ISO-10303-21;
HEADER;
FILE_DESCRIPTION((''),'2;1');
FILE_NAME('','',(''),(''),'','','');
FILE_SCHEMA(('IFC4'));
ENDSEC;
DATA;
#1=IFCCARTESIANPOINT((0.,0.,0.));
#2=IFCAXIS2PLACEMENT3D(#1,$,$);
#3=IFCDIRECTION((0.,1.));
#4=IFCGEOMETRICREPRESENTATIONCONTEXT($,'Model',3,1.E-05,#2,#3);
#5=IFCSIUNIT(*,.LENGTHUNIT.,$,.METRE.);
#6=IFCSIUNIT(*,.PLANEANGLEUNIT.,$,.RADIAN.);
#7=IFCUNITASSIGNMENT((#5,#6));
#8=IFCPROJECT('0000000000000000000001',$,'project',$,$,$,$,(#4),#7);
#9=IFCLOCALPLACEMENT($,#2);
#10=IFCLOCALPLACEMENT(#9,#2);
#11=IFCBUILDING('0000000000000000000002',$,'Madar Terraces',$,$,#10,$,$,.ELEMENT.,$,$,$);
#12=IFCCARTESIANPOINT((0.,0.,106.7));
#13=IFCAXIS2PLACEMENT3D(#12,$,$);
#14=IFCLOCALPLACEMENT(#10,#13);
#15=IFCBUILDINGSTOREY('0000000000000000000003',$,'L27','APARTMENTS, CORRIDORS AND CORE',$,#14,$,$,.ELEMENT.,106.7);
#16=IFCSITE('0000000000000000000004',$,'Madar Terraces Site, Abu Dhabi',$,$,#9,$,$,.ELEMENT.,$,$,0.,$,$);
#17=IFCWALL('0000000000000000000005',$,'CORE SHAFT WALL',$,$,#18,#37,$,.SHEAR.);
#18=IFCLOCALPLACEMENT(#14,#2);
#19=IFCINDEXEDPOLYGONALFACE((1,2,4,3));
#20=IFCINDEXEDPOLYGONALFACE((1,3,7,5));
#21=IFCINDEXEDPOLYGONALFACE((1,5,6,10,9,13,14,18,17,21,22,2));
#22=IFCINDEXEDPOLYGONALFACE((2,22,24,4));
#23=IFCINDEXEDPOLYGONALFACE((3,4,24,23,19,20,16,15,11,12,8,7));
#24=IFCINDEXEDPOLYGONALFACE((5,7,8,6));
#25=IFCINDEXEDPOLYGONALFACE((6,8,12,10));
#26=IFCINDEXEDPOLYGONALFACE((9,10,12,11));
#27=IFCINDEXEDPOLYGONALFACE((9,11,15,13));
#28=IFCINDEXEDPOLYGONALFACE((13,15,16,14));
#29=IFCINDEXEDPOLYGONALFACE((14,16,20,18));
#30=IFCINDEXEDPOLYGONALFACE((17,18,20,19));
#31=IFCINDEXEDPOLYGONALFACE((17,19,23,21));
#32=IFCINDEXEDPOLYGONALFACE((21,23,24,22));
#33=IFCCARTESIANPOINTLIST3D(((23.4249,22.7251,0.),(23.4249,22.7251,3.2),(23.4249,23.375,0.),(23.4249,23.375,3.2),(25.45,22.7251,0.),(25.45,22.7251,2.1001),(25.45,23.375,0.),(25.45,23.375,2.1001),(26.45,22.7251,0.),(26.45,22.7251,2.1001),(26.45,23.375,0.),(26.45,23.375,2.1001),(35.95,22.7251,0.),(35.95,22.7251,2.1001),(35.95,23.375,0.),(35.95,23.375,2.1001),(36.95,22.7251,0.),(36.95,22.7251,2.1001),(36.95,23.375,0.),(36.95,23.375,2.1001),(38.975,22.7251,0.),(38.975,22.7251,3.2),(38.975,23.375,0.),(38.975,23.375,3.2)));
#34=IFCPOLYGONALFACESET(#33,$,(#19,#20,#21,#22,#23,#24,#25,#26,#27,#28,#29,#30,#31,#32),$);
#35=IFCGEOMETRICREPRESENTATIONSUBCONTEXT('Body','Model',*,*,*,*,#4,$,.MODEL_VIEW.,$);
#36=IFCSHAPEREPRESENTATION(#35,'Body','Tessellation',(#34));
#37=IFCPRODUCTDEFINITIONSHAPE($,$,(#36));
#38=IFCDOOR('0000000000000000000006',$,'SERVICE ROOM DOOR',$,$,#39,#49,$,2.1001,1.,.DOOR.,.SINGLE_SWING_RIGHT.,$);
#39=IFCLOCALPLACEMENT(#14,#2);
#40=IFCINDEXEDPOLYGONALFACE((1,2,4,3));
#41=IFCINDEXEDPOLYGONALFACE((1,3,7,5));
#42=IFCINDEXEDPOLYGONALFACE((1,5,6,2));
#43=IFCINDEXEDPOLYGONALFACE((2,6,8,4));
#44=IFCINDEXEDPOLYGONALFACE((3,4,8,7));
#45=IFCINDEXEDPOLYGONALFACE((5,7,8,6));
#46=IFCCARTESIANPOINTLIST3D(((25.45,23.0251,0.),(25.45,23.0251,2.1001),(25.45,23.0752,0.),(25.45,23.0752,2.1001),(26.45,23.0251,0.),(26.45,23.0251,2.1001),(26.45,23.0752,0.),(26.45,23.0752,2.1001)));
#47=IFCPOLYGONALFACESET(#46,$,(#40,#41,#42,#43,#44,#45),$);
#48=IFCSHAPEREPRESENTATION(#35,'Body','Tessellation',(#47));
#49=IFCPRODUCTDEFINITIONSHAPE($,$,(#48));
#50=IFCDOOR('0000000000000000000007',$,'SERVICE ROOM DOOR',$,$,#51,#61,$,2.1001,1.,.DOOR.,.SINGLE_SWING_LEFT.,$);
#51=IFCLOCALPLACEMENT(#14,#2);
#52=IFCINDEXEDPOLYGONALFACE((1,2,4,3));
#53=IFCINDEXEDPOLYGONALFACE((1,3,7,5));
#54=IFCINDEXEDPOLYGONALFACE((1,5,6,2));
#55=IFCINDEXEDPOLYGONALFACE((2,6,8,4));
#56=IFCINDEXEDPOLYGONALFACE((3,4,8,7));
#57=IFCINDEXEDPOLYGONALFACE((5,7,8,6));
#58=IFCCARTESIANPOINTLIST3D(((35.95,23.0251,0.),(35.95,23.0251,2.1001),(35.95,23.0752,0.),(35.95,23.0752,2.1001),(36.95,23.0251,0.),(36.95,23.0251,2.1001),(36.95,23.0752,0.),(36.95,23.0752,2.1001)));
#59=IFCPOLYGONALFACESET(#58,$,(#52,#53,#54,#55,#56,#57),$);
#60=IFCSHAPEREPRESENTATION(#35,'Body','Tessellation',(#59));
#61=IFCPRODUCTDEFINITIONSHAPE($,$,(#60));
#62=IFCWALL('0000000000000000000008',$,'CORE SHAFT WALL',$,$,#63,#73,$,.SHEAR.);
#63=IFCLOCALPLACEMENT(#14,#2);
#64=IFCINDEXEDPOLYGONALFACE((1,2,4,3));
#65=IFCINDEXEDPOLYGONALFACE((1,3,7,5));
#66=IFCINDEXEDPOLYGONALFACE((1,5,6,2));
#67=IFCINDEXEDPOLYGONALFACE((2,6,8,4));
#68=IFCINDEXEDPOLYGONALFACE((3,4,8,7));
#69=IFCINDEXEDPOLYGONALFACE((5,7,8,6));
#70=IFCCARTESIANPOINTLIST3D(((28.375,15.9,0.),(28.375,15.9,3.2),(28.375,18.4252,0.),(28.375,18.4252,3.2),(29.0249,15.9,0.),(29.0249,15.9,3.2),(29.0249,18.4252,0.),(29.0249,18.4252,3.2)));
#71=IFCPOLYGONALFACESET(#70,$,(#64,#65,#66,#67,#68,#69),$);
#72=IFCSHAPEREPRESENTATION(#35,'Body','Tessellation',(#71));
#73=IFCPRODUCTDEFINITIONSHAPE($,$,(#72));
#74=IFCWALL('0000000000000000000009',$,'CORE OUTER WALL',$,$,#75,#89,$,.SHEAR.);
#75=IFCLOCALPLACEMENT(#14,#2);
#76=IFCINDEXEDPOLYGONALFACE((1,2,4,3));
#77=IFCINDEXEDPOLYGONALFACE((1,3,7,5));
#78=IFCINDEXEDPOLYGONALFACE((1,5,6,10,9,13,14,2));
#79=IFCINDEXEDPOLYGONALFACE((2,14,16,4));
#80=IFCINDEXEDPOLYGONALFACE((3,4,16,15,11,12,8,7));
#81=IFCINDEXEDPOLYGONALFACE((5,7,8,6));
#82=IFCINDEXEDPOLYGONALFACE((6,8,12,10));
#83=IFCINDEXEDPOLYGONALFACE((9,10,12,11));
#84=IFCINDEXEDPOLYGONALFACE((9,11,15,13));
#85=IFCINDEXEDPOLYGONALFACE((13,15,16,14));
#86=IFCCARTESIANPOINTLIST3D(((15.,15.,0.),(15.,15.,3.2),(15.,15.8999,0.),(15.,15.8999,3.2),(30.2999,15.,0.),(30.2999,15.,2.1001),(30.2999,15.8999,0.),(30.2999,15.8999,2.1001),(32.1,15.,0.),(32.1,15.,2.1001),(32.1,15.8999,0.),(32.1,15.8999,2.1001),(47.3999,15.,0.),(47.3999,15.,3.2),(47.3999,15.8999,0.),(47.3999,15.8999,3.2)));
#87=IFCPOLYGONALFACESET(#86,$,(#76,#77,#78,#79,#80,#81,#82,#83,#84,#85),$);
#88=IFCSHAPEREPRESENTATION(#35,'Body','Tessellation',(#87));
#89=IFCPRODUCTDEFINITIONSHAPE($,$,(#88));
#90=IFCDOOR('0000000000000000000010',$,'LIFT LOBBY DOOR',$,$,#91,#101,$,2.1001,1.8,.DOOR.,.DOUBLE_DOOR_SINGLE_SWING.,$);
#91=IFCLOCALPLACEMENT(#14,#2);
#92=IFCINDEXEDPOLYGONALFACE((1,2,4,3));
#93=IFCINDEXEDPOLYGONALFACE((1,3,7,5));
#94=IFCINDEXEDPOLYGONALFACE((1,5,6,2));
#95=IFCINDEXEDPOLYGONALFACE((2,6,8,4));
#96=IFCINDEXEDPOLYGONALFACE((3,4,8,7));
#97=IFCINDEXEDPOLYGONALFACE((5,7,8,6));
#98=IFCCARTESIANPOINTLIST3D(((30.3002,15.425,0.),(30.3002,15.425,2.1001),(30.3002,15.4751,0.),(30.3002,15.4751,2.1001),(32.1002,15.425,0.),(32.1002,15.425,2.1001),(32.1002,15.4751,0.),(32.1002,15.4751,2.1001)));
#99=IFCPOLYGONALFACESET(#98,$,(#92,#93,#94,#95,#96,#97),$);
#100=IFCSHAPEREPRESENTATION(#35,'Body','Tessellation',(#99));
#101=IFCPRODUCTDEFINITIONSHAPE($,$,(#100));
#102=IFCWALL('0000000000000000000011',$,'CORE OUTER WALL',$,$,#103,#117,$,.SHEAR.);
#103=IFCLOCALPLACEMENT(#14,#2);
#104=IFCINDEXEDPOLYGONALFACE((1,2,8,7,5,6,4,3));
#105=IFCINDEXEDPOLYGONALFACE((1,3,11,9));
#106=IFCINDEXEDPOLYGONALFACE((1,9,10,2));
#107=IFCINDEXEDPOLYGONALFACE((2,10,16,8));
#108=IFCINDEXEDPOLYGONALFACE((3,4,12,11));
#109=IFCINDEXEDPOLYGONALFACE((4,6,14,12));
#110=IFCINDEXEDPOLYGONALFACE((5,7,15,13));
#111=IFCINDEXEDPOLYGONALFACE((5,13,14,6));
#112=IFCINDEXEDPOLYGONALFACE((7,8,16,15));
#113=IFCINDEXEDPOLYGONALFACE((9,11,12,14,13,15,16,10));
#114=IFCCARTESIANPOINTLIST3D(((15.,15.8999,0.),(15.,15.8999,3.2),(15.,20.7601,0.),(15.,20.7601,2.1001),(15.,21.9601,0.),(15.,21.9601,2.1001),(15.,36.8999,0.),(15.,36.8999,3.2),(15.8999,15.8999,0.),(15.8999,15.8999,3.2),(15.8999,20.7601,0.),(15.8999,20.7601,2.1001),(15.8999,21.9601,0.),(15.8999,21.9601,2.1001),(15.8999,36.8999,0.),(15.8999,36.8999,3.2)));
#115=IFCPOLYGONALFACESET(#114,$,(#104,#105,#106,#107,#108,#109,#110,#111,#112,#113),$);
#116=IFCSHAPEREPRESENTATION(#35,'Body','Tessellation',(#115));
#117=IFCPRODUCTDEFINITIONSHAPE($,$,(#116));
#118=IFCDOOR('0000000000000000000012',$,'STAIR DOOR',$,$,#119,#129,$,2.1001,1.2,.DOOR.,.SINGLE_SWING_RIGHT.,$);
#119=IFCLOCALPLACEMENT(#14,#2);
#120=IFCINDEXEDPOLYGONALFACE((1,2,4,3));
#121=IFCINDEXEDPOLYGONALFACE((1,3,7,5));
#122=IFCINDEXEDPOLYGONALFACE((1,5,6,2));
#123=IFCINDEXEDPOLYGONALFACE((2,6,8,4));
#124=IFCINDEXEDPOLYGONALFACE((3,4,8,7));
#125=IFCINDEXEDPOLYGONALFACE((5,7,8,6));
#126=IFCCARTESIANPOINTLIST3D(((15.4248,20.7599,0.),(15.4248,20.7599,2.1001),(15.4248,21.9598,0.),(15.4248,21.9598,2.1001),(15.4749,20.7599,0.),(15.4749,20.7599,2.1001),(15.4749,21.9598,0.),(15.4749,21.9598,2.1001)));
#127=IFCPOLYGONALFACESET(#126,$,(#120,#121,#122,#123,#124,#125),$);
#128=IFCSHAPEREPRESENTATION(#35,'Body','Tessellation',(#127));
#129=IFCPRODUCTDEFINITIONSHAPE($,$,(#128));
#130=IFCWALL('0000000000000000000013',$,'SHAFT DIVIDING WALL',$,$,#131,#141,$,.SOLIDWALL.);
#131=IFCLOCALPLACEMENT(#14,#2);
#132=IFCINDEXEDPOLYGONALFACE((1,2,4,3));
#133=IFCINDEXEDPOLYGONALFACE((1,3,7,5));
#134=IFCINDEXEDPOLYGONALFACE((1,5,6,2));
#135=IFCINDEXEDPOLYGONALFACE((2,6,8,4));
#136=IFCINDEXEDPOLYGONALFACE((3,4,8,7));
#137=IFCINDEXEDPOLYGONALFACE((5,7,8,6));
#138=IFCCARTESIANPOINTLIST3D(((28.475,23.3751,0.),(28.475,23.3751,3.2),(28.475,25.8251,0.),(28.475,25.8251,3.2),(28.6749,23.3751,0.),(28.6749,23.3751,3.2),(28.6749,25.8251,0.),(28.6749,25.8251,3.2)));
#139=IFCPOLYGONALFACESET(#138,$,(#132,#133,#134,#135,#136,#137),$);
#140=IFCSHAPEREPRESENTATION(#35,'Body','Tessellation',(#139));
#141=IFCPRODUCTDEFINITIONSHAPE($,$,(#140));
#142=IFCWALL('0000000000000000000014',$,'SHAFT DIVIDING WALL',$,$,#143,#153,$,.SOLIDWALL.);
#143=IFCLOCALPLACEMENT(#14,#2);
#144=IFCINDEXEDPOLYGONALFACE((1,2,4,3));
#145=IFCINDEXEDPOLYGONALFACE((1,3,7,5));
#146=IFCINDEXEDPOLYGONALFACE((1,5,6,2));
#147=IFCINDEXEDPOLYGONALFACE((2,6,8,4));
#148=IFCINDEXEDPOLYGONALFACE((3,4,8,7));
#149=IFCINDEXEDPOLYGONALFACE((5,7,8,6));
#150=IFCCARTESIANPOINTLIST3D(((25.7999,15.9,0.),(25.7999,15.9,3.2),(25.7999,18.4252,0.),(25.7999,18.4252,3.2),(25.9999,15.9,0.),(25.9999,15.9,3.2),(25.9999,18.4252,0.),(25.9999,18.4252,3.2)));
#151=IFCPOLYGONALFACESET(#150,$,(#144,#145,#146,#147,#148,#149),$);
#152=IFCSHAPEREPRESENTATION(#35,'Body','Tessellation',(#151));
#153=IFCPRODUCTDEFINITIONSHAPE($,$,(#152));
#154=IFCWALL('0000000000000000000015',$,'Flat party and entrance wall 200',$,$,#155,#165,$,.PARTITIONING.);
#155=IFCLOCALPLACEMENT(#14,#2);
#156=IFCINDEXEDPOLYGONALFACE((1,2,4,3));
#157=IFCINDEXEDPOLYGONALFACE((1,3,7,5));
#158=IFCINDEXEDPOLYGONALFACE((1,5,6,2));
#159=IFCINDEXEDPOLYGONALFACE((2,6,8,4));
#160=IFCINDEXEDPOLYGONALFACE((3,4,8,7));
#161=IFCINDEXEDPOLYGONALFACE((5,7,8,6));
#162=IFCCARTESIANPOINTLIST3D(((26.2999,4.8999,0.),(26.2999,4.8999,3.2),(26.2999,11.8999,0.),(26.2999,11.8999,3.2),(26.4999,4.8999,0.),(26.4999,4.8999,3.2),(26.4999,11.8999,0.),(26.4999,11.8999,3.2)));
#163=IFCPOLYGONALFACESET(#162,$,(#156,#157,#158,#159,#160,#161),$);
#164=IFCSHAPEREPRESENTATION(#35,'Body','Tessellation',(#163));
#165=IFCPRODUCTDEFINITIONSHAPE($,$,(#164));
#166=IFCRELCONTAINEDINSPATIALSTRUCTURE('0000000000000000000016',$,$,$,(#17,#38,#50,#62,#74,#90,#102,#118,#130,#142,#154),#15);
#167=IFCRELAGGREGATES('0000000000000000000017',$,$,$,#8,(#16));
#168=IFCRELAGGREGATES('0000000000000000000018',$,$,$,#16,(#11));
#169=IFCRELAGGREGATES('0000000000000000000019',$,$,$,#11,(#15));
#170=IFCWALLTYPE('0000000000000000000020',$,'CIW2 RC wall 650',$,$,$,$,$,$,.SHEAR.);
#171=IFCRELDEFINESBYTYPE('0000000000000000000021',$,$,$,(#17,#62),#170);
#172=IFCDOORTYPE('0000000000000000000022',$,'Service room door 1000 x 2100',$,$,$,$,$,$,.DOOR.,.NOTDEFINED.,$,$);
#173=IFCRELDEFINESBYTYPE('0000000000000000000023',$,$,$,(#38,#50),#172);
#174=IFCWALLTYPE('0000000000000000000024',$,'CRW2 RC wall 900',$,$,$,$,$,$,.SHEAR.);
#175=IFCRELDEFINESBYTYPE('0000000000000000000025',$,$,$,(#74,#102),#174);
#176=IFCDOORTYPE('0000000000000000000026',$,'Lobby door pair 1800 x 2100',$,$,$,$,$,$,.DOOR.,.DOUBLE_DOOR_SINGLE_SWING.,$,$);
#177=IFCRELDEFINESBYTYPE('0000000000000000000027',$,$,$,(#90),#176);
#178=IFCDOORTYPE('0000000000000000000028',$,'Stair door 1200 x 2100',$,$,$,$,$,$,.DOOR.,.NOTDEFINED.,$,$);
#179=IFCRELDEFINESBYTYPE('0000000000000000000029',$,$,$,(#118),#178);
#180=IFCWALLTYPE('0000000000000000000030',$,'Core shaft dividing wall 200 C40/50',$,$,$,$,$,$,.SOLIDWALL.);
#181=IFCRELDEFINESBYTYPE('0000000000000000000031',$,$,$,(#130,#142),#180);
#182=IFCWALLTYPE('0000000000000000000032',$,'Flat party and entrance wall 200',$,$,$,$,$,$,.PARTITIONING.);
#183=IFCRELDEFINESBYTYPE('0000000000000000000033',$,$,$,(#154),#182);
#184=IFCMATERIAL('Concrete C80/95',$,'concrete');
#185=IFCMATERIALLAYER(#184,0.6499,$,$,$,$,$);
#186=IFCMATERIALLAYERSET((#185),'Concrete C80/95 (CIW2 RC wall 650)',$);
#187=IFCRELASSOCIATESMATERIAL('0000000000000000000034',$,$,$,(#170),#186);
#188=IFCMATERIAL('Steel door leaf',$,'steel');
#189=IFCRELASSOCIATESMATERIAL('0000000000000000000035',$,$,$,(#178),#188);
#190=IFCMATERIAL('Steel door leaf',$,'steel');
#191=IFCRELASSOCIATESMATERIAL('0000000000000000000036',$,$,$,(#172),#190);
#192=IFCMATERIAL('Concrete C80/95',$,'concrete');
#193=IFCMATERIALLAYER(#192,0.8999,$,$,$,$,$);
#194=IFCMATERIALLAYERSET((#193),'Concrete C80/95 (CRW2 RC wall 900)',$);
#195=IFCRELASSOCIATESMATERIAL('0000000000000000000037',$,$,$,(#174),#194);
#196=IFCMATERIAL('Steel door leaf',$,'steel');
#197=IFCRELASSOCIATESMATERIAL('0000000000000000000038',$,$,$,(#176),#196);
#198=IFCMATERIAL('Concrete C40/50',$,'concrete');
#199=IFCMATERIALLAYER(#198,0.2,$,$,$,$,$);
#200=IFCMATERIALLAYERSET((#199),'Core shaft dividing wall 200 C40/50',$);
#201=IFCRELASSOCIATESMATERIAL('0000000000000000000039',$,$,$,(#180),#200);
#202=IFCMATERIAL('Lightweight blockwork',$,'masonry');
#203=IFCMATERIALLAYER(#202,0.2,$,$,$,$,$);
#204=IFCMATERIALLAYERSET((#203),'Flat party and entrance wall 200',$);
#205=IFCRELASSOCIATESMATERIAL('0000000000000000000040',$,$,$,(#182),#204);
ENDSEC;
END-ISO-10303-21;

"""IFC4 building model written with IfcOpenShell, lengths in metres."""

from ifc_helpers import new_model, si_unit, direction, frame, frame_2d, origin, place, context, subcontext, project, spatial, rectangle, extrude, material, layer, layer_set, type_object, element, fill, save


model = new_model("IFC4")

# Units and contexts
model_context = context("Model", 3, precision=1e-05, world=origin(), true_north=direction((0.0, 1.0)))
body_context = subcontext(model_context, "Body", "Model", "MODEL_VIEW")
ifc_project = project(units=[si_unit("LENGTHUNIT", "METRE"), si_unit("PLANEANGLEUNIT", "RADIAN")], contexts=[model_context])

# Site, building, storey
site_placement = place(None, origin())
site = spatial("IfcSite", under=ifc_project, at=site_placement, Name="Madar Terraces Site, Abu Dhabi", CompositionType="ELEMENT", RefElevation=0.0)
building_placement = place(site_placement, origin())
building = spatial("IfcBuilding", under=site, at=building_placement, Name="Madar Terraces", CompositionType="ELEMENT")
storey_placement = place(building_placement, frame((0.0, 0.0, 106.7)))
storey = spatial("IfcBuildingStorey", under=building, at=storey_placement, Name="L27", Description="APARTMENTS, CORRIDORS AND CORE", CompositionType="ELEMENT", Elevation=106.7)

# Shared definitions
ifc_material_1 = material(Name="Concrete C80/95", Category="concrete")
ifc_layer_1 = layer(ifc_material_1, 0.6499)
ifc_layer_set_1 = layer_set([ifc_layer_1], Name="Concrete C80/95 (CIW2 RC wall 650)")
wall_type_1 = type_object("IfcWallType", Name="CIW2 RC wall 650", PredefinedType="SHEAR", material=ifc_layer_set_1)
ifc_material_2 = material(Name="Steel door leaf", Category="steel")
door_type_1 = type_object("IfcDoorType", Name="Stair door 1200 x 2100", OperationType="NOTDEFINED", PredefinedType="DOOR", material=ifc_material_2)

# Wall, openings, doors
wall_1_placement = place(storey_placement, frame((23.425, 23.05, 0.0), z_axis=(0.0, 0.0, 1.0), x_axis=(1.0, 0.0, 0.0)))
wall_1 = element("IfcWall", 1, at=wall_1_placement, inside=storey, type_object=wall_type_1, Name="CORE SHAFT WALL", PredefinedType="SHEAR", context=body_context, shape_type="SweptSolid", body=[
    extrude(rectangle(XDim=15.55, YDim=0.6499, at=frame_2d((7.7749, 0.0))), origin(), (0.0, 0.0, 1.0), 3.2),
])
opening_1_placement = place(wall_1_placement, frame((2.0249, 0.0, 0.0)))
opening_1 = element("IfcOpeningElement", 2, at=opening_1_placement, cuts=wall_1, PredefinedType="OPENING", context=body_context, shape_type="SweptSolid", body=[
    extrude(rectangle(XDim=1.0, YDim=2.1001, at=frame_2d((0.5, 1.05))), frame((0.0, 0.335, 0.0), z_axis=(0.0, -1.0, 0.0), x_axis=(1.0, 0.0, 0.0)), (0.0, 0.0, 1.0), 0.6699),
])
opening_2_placement = place(wall_1_placement, frame((12.5249, 0.0, 0.0)))
opening_2 = element("IfcOpeningElement", 3, at=opening_2_placement, cuts=wall_1, PredefinedType="OPENING", context=body_context, shape_type="SweptSolid", body=[
    extrude(rectangle(XDim=1.0, YDim=2.1001, at=frame_2d((0.5, 1.05))), frame((0.0, 0.335, 0.0), z_axis=(0.0, -1.0, 0.0), x_axis=(1.0, 0.0, 0.0)), (0.0, 0.0, 1.0), 0.6699),
])
ifc_material_3 = material(Name="Steel door leaf", Category="steel")
door_type_2 = type_object("IfcDoorType", Name="Service room door 1000 x 2100", OperationType="NOTDEFINED", PredefinedType="DOOR", material=ifc_material_3)
door_1_placement = place(opening_1_placement, frame((1.0, 0.0, 0.0), z_axis=(0.0, 0.0, 1.0), x_axis=(-1.0, 0.0, 0.0)))
door_1 = element("IfcDoor", 4, at=door_1_placement, inside=storey, type_object=door_type_2, Name="SERVICE ROOM DOOR", OperationType="SINGLE_SWING_RIGHT", OverallHeight=2.1001, OverallWidth=1.0, PredefinedType="DOOR", context=body_context, shape_type="SweptSolid", body=[
    extrude(rectangle(XDim=1.0, YDim=2.1001, at=frame_2d((0.5, 1.05))), frame((0.0, 0.0249, 0.0), z_axis=(0.0, -1.0, 0.0), x_axis=(1.0, 0.0, 0.0)), (0.0, 0.0, 1.0), 0.05),
])
fill(opening_1, door_1)
door_2_placement = place(opening_2_placement, frame((1.0, 0.0, 0.0), z_axis=(0.0, 0.0, 1.0), x_axis=(-1.0, 0.0, 0.0)))
door_2 = element("IfcDoor", 5, at=door_2_placement, inside=storey, type_object=door_type_2, Name="SERVICE ROOM DOOR", OperationType="SINGLE_SWING_LEFT", OverallHeight=2.1001, OverallWidth=1.0, PredefinedType="DOOR", context=body_context, shape_type="SweptSolid", body=[
    extrude(rectangle(XDim=1.0, YDim=2.1001, at=frame_2d((0.5, 1.05))), frame((0.0, 0.0249, 0.0), z_axis=(0.0, -1.0, 0.0), x_axis=(1.0, 0.0, 0.0)), (0.0, 0.0, 1.0), 0.05),
])
fill(opening_2, door_2)

# Wall
wall_2_placement = place(storey_placement, frame((28.7, 15.8999, 0.0), z_axis=(0.0, 0.0, 1.0), x_axis=(0.0, 1.0, 0.0)))
element("IfcWall", 6, at=wall_2_placement, inside=storey, type_object=wall_type_1, Name="CORE SHAFT WALL", PredefinedType="SHEAR", context=body_context, shape_type="SweptSolid", body=[
    extrude(rectangle(XDim=2.5251, YDim=0.6499, at=frame_2d((1.2627, 0.0))), origin(), (0.0, 0.0, 1.0), 3.2),
])

# Walls, openings, doors
ifc_material_4 = material(Name="Concrete C80/95", Category="concrete")
ifc_layer_2 = layer(ifc_material_4, 0.8999)
ifc_layer_set_2 = layer_set([ifc_layer_2], Name="Concrete C80/95 (CRW2 RC wall 900)")
wall_type_2 = type_object("IfcWallType", Name="CRW2 RC wall 900", PredefinedType="SHEAR", material=ifc_layer_set_2)
wall_3_placement = place(storey_placement, frame((15.0, 15.45, 0.0), z_axis=(0.0, 0.0, 1.0), x_axis=(1.0, 0.0, 0.0)))
wall_3 = element("IfcWall", 7, at=wall_3_placement, inside=storey, type_object=wall_type_2, Name="CORE OUTER WALL", PredefinedType="SHEAR", context=body_context, shape_type="SweptSolid", body=[
    extrude(rectangle(XDim=32.3999, YDim=0.8999, at=frame_2d((16.2, 0.0))), origin(), (0.0, 0.0, 1.0), 3.2),
])
opening_3_placement = place(wall_3_placement, frame((15.3, 0.0, 0.0)))
opening_3 = element("IfcOpeningElement", 8, at=opening_3_placement, cuts=wall_3, PredefinedType="OPENING", context=body_context, shape_type="SweptSolid", body=[
    extrude(rectangle(XDim=1.8, YDim=2.1001, at=frame_2d((0.8999, 1.05))), frame((0.0, 0.46, 0.0), z_axis=(0.0, -1.0, 0.0), x_axis=(1.0, 0.0, 0.0)), (0.0, 0.0, 1.0), 0.9199),
])
ifc_material_5 = material(Name="Steel door leaf", Category="steel")
door_type_3 = type_object("IfcDoorType", Name="Lobby door pair 1800 x 2100", OperationType="DOUBLE_DOOR_SINGLE_SWING", PredefinedType="DOOR", material=ifc_material_5)
door_3_placement = place(opening_3_placement, frame((1.8, 0.0, 0.0), z_axis=(0.0, 0.0, 1.0), x_axis=(-1.0, 0.0, 0.0)))
door_3 = element("IfcDoor", 9, at=door_3_placement, inside=storey, type_object=door_type_3, Name="LIFT LOBBY DOOR", OperationType="DOUBLE_DOOR_SINGLE_SWING", OverallHeight=2.1001, OverallWidth=1.8, PredefinedType="DOOR", context=body_context, shape_type="SweptSolid", body=[
    extrude(rectangle(XDim=1.8, YDim=2.1001, at=frame_2d((0.8999, 1.05))), frame((0.0, 0.0249, 0.0), z_axis=(0.0, -1.0, 0.0), x_axis=(1.0, 0.0, 0.0)), (0.0, 0.0, 1.0), 0.05),
])
fill(opening_3, door_3)
wall_4_placement = place(storey_placement, frame((15.45, 15.8999, 0.0), z_axis=(0.0, 0.0, 1.0), x_axis=(0.0, 1.0, 0.0)))
wall_4 = element("IfcWall", 10, at=wall_4_placement, inside=storey, type_object=wall_type_2, Name="CORE OUTER WALL", PredefinedType="SHEAR", context=body_context, shape_type="SweptSolid", body=[
    extrude(rectangle(XDim=21.0, YDim=0.8999, at=frame_2d((10.5, 0.0))), origin(), (0.0, 0.0, 1.0), 3.2),
])
opening_4_placement = place(wall_4_placement, frame((4.8601, 0.0, 0.0)))
opening_4 = element("IfcOpeningElement", 11, at=opening_4_placement, cuts=wall_4, PredefinedType="OPENING", context=body_context, shape_type="SweptSolid", body=[
    extrude(rectangle(XDim=1.2, YDim=2.1001, at=frame_2d((0.6001, 1.05))), frame((0.0, 0.46, 0.0), z_axis=(0.0, -1.0, 0.0), x_axis=(1.0, 0.0, 0.0)), (0.0, 0.0, 1.0), 0.9199),
])
door_4_placement = place(opening_4_placement, frame((1.2, 0.0, 0.0), z_axis=(0.0, 0.0, 1.0), x_axis=(-1.0, 0.0, 0.0)))
door_4 = element("IfcDoor", 12, at=door_4_placement, inside=storey, type_object=door_type_1, Name="STAIR DOOR", OperationType="SINGLE_SWING_RIGHT", OverallHeight=2.1001, OverallWidth=1.2, PredefinedType="DOOR", context=body_context, shape_type="SweptSolid", body=[
    extrude(rectangle(XDim=1.2, YDim=2.1001, at=frame_2d((0.6001, 1.05))), frame((0.0, 0.0249, 0.0), z_axis=(0.0, -1.0, 0.0), x_axis=(1.0, 0.0, 0.0)), (0.0, 0.0, 1.0), 0.05),
])
fill(opening_4, door_4)

# Walls
ifc_material_6 = material(Name="Concrete C40/50", Category="concrete")
ifc_layer_3 = layer(ifc_material_6, 0.2)
ifc_layer_set_3 = layer_set([ifc_layer_3], Name="Core shaft dividing wall 200 C40/50")
wall_type_3 = type_object("IfcWallType", Name="Core shaft dividing wall 200 C40/50", PredefinedType="SOLIDWALL", material=ifc_layer_set_3)
wall_5_placement = place(storey_placement, frame((28.575, 23.375, 0.0), z_axis=(0.0, 0.0, 1.0), x_axis=(0.0, 1.0, 0.0)))
element("IfcWall", 13, at=wall_5_placement, inside=storey, type_object=wall_type_3, Name="SHAFT DIVIDING WALL", PredefinedType="SOLIDWALL", context=body_context, shape_type="SweptSolid", body=[
    extrude(rectangle(XDim=2.45, YDim=0.2, at=frame_2d((1.2251, 0.0))), origin(), (0.0, 0.0, 1.0), 3.2),
])
wall_6_placement = place(storey_placement, frame((25.8999, 15.8999, 0.0), z_axis=(0.0, 0.0, 1.0), x_axis=(0.0, 1.0, 0.0)))
element("IfcWall", 14, at=wall_6_placement, inside=storey, type_object=wall_type_3, Name="SHAFT DIVIDING WALL", PredefinedType="SOLIDWALL", context=body_context, shape_type="SweptSolid", body=[
    extrude(rectangle(XDim=2.5251, YDim=0.2, at=frame_2d((1.2627, 0.0))), origin(), (0.0, 0.0, 1.0), 3.2),
])
ifc_material_7 = material(Name="Lightweight blockwork", Category="masonry")
ifc_layer_4 = layer(ifc_material_7, 0.2)
ifc_layer_set_4 = layer_set([ifc_layer_4], Name="Flat party and entrance wall 200")
wall_type_4 = type_object("IfcWallType", Name="Flat party and entrance wall 200", PredefinedType="PARTITIONING", material=ifc_layer_set_4)
wall_7_placement = place(storey_placement, frame((26.3999, 11.8999, 0.0), z_axis=(0.0, 0.0, 1.0), x_axis=(0.0, -1.0, 0.0)))
element("IfcWall", 15, at=wall_7_placement, inside=storey, type_object=wall_type_4, Name="Flat party and entrance wall 200", PredefinedType="PARTITIONING", context=body_context, shape_type="SweptSolid", body=[
    extrude(rectangle(XDim=7.0, YDim=0.2, at=frame_2d((3.5, 0.0))), origin(), (0.0, 0.0, 1.0), 3.2),
])

save(model, "model.ifc")
